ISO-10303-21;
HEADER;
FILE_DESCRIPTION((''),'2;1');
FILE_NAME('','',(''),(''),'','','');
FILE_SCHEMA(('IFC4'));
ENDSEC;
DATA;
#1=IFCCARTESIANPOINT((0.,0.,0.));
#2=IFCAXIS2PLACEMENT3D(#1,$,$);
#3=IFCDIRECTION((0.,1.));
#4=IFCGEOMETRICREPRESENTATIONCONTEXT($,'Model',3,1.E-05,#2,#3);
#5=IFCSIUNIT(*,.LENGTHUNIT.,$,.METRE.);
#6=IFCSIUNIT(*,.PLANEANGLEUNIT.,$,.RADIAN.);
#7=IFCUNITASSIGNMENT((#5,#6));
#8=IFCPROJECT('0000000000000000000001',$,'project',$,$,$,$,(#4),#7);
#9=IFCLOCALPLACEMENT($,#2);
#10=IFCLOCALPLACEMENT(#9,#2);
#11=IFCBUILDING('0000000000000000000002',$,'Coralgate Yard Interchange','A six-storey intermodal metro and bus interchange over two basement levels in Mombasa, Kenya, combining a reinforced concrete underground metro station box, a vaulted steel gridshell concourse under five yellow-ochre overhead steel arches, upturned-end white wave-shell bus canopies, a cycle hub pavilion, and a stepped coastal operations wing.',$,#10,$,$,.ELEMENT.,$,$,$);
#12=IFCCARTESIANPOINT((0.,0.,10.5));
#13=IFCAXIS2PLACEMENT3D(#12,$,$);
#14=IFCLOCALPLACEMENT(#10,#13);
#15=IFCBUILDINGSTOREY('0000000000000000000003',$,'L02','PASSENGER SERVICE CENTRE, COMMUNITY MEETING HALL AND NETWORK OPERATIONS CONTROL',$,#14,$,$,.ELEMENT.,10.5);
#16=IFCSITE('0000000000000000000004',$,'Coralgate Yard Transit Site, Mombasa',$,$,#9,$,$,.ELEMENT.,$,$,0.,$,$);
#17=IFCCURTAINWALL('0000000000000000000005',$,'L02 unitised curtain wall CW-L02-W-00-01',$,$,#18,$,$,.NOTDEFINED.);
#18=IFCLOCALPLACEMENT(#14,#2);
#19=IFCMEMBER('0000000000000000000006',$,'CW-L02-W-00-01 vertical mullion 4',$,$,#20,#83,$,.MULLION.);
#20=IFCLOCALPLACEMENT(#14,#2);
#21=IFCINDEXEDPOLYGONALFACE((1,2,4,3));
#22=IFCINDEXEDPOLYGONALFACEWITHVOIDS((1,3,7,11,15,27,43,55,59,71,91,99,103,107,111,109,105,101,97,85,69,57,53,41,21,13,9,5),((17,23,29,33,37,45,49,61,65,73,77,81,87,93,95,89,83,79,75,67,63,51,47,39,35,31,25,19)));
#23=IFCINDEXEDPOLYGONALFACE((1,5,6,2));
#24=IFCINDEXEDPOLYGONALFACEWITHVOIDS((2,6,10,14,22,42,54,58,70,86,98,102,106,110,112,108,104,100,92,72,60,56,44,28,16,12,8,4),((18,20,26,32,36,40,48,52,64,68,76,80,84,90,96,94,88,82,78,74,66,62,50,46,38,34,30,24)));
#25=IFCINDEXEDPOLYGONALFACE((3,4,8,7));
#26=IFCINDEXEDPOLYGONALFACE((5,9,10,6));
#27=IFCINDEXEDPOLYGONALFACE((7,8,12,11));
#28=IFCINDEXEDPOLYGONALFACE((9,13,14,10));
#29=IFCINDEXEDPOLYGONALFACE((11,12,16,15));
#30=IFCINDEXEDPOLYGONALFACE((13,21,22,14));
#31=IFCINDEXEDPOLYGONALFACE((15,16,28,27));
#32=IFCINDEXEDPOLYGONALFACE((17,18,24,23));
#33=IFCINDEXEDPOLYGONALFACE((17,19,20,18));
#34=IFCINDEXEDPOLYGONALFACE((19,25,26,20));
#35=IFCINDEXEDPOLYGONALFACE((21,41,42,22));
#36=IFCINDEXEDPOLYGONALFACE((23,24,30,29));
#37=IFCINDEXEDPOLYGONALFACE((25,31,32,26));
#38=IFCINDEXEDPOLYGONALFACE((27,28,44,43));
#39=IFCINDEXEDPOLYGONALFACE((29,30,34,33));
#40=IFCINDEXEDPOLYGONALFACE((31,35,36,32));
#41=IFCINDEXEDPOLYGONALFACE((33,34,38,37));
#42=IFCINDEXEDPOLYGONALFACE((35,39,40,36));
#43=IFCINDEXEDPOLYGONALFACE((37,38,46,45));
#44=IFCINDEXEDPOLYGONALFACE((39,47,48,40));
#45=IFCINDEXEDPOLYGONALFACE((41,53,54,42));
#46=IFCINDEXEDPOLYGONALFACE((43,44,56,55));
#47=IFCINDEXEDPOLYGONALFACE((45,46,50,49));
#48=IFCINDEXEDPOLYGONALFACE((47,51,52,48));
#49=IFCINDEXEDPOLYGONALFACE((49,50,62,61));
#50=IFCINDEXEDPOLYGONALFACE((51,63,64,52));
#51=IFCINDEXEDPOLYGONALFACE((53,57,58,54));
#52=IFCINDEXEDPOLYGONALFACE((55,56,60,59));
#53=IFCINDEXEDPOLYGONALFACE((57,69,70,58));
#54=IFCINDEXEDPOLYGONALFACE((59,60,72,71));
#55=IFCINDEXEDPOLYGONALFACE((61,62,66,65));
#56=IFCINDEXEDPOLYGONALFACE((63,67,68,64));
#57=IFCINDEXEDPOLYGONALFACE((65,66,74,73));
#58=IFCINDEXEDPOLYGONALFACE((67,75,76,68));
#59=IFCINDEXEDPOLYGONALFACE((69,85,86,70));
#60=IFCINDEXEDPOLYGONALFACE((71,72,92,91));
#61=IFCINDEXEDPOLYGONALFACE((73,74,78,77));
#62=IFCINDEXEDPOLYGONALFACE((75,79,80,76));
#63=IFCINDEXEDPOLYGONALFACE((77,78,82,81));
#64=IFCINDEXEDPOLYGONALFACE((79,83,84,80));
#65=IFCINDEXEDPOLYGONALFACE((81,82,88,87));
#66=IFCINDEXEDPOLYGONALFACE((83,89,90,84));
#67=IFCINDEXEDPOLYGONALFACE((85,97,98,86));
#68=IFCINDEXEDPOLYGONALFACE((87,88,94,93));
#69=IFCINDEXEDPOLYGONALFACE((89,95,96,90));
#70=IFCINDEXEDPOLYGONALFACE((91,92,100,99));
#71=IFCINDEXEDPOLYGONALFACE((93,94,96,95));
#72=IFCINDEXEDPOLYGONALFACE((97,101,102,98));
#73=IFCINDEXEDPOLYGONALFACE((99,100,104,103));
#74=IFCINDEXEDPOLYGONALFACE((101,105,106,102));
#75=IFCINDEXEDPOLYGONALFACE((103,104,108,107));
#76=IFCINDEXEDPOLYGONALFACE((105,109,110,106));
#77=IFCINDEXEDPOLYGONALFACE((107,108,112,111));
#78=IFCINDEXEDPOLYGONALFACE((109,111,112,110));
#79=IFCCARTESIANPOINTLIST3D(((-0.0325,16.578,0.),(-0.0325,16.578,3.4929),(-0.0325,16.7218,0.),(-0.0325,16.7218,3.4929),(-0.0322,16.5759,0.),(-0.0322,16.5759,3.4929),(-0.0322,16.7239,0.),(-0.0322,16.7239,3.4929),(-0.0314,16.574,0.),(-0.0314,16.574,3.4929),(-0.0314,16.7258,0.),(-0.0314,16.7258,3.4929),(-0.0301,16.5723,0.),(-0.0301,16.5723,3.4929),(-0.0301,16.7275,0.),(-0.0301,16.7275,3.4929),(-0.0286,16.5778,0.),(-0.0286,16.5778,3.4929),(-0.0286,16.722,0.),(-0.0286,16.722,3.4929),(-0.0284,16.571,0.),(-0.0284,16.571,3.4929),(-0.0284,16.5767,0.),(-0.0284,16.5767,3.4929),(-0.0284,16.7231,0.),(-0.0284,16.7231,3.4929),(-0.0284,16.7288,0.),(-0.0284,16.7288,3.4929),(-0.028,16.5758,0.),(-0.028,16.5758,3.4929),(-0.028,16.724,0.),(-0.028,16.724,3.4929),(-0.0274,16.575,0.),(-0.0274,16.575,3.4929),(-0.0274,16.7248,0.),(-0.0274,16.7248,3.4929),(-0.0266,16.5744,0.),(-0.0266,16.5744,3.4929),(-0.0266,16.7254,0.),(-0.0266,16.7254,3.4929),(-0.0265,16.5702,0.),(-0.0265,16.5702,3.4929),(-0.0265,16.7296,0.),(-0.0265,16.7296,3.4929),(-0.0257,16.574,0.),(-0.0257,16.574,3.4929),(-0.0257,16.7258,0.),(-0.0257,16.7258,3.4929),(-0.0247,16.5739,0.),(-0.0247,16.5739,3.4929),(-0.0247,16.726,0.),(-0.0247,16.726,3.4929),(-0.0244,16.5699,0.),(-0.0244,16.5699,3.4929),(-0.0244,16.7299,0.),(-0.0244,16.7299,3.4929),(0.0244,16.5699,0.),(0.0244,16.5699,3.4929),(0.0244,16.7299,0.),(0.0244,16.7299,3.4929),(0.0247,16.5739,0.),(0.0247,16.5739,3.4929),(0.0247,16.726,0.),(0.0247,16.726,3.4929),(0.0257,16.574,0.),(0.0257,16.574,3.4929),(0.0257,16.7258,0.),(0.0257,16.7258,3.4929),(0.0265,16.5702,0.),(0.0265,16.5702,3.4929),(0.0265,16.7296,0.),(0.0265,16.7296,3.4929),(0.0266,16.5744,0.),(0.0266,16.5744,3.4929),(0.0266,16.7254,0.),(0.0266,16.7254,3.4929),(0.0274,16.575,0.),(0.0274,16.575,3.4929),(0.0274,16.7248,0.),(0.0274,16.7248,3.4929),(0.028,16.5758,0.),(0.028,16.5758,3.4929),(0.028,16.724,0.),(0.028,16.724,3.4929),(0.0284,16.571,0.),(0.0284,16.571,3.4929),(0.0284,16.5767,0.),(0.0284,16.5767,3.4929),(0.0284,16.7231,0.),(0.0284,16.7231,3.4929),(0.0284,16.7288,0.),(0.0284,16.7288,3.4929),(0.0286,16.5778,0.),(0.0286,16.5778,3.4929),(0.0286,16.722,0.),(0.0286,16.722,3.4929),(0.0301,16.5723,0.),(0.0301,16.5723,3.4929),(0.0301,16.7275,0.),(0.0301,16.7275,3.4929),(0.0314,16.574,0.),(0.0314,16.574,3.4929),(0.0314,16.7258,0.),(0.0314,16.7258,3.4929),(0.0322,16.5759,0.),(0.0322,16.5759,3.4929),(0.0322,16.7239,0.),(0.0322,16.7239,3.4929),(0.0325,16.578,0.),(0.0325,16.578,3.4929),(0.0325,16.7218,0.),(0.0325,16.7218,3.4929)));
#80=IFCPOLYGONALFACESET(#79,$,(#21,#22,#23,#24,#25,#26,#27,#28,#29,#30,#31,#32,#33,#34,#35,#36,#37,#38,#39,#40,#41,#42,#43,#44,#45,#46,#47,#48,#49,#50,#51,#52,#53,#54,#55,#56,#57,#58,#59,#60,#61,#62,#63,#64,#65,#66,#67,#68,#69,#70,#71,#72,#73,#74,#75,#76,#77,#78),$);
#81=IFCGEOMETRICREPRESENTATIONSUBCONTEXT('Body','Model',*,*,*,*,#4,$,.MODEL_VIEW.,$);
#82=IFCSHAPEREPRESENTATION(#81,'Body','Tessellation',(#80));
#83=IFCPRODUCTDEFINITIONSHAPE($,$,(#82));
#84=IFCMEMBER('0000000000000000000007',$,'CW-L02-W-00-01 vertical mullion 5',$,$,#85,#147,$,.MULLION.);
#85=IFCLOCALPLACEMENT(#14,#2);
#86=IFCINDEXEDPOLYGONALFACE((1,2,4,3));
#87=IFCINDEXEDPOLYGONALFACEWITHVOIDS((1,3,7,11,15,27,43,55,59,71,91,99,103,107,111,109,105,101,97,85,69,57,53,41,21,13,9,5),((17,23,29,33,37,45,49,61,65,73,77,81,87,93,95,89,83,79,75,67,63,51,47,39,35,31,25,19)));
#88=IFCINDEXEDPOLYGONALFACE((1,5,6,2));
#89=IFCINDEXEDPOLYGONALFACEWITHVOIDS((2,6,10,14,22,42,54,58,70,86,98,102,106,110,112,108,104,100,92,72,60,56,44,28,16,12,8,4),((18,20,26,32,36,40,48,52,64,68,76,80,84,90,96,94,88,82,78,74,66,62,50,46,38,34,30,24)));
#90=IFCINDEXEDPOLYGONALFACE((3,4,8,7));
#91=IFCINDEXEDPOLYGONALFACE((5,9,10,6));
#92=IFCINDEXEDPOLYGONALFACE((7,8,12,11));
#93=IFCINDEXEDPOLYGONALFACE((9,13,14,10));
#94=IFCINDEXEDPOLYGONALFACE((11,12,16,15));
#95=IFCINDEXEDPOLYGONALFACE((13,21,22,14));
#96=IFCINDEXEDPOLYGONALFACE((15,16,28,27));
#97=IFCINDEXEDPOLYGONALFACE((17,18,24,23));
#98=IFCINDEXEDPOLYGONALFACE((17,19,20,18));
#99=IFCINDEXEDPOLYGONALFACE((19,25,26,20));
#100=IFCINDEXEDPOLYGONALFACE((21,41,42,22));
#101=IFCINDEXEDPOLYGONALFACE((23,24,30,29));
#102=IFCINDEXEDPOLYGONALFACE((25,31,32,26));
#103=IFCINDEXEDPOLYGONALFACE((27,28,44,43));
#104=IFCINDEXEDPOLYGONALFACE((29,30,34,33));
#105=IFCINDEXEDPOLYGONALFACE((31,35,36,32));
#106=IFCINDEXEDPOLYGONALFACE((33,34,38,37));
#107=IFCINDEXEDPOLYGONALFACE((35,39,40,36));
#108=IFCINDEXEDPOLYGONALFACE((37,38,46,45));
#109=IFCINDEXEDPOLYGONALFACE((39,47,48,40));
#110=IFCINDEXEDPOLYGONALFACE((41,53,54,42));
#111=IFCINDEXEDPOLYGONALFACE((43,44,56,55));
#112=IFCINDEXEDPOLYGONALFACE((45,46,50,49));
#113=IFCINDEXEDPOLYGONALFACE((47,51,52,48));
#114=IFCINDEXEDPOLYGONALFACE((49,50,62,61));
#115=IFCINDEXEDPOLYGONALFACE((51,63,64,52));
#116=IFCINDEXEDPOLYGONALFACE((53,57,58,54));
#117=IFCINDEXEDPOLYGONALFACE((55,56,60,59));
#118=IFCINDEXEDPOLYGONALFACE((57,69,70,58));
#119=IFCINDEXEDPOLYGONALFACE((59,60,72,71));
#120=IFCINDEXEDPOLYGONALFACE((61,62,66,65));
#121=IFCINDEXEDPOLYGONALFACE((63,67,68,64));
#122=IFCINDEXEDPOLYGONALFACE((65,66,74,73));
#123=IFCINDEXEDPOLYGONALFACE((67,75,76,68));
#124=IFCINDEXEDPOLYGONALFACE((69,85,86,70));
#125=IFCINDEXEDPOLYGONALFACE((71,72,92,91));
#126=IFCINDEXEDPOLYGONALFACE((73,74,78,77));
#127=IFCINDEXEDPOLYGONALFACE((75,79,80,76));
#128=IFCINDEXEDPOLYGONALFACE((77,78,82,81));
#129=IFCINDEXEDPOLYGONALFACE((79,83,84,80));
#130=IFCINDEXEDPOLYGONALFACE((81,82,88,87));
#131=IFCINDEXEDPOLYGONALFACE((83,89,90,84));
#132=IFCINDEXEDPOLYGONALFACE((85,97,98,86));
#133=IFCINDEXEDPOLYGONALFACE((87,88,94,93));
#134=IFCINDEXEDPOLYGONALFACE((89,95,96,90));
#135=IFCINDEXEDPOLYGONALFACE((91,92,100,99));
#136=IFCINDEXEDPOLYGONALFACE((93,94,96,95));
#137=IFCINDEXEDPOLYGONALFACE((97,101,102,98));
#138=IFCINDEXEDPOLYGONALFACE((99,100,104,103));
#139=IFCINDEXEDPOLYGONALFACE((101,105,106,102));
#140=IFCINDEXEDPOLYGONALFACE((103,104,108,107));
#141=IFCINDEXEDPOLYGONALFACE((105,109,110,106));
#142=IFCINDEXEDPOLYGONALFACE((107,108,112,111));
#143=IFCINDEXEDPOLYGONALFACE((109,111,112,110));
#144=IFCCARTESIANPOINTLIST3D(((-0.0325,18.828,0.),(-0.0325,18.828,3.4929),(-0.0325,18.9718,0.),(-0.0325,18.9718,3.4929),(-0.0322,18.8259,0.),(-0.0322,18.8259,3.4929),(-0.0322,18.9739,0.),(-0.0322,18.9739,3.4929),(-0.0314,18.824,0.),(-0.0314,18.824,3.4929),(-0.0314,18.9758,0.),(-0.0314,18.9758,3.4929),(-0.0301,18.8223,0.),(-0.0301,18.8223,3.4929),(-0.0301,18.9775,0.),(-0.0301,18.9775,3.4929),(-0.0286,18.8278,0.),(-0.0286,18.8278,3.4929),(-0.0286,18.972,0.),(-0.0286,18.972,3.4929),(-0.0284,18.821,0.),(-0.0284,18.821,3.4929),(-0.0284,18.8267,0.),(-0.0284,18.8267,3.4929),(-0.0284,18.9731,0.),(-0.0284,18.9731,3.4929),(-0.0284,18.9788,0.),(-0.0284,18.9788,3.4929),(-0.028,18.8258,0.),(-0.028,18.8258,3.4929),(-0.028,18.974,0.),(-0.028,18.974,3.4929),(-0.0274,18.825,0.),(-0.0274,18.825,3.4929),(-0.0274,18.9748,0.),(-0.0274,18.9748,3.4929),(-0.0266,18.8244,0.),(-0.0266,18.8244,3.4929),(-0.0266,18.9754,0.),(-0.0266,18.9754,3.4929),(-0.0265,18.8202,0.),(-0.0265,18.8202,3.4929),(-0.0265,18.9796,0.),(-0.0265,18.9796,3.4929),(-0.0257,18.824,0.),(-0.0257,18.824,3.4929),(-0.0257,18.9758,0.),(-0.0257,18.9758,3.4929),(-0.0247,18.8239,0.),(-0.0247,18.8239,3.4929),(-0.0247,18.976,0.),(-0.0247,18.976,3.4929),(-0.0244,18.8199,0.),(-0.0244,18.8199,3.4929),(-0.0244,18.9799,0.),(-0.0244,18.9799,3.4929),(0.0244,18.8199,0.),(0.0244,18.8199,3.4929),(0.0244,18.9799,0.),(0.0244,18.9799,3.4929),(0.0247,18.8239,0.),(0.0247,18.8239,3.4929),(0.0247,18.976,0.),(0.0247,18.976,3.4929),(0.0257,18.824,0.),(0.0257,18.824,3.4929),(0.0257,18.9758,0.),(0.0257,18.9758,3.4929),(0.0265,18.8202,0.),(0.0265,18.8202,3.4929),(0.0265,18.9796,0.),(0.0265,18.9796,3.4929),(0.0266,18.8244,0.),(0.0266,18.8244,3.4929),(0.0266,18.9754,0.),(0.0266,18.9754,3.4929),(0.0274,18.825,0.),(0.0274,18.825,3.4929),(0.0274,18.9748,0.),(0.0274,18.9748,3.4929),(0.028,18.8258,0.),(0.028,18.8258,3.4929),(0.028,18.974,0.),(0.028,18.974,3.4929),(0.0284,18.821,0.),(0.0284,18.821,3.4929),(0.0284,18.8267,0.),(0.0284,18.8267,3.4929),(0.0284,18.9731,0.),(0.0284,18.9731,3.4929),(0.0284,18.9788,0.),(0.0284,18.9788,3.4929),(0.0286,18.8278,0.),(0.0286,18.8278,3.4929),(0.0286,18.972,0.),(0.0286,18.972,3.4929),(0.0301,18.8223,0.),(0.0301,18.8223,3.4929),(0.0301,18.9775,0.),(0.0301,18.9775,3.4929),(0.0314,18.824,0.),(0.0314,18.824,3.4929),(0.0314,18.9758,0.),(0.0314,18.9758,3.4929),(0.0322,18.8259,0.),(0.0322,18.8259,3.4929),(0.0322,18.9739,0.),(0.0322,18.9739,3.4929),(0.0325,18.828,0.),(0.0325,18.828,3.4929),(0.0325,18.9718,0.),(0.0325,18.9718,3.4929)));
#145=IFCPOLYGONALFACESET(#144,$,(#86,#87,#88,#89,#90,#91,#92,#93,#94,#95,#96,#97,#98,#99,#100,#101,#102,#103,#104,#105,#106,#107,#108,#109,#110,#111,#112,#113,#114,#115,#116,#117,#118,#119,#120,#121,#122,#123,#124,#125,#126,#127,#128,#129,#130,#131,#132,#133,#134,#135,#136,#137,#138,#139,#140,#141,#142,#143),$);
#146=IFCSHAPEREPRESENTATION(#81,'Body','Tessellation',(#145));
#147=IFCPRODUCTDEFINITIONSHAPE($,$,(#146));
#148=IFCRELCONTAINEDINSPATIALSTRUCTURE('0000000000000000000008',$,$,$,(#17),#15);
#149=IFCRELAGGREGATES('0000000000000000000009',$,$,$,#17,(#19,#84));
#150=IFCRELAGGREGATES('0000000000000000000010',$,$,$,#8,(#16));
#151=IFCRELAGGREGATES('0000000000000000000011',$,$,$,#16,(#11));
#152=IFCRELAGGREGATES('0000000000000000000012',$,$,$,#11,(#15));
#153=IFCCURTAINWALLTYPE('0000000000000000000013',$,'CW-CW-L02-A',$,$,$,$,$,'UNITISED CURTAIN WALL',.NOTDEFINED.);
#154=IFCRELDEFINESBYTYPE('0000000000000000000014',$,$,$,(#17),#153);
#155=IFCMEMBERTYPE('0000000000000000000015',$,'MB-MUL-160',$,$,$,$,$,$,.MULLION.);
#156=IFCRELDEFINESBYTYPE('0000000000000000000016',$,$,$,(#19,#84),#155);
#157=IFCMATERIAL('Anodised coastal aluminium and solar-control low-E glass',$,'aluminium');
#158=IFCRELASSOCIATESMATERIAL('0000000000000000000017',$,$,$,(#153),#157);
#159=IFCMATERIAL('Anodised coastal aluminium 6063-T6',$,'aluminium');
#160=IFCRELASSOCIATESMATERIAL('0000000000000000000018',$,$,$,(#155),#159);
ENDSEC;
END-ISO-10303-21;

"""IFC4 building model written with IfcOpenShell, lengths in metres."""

from ifc_helpers import new_model, si_unit, direction, frame, origin, origin_2d, place, context, subcontext, project, spatial, hollow_rectangle, extrude, material, material_profile, profile_set, type_object, element, aggregate, save


model = new_model("IFC4")

# Units and contexts
model_context = context("Model", 3, precision=1e-05, world=origin(), true_north=direction((0.0, 1.0)))
body_context = subcontext(model_context, "Body", "Model", "MODEL_VIEW")
ifc_project = project(units=[si_unit("LENGTHUNIT", "METRE"), si_unit("PLANEANGLEUNIT", "RADIAN")], contexts=[model_context])

# Site, building, storey
site_placement = place(None, origin())
site = spatial("IfcSite", under=ifc_project, at=site_placement, Name="Coralgate Yard Transit Site, Mombasa", CompositionType="ELEMENT", RefElevation=0.0)
building_placement = place(site_placement, origin())
building = spatial("IfcBuilding", under=site, at=building_placement, Name="Coralgate Yard Interchange", Description="A six-storey intermodal metro and bus interchange over two basement levels in Mombasa, Kenya, combining a reinforced concrete underground metro station box, a vaulted steel gridshell concourse under five yellow-ochre overhead steel arches, upturned-end white wave-shell bus canopies, a cycle hub pavilion, and a stepped coastal operations wing.", CompositionType="ELEMENT")
storey_placement = place(building_placement, frame((0.0, 0.0, 10.5)))
storey = spatial("IfcBuildingStorey", under=building, at=storey_placement, Name="L02", Description="PASSENGER SERVICE CENTRE, COMMUNITY MEETING HALL AND NETWORK OPERATIONS CONTROL", CompositionType="ELEMENT", Elevation=10.5)

# Curtain wall, members
ifc_material_1 = material(Name="Anodised coastal aluminium and solar-control low-E glass", Category="aluminium")
curtain_wall_type = type_object("IfcCurtainWallType", Name="CW-CW-L02-A", ElementType="UNITISED CURTAIN WALL", PredefinedType="NOTDEFINED", material=ifc_material_1)
curtain_wall_placement = place(storey_placement, origin())
curtain_wall = element("IfcCurtainWall", 1, at=curtain_wall_placement, inside=storey, type_object=curtain_wall_type, Name="L02 unitised curtain wall CW-L02-W-00-01", PredefinedType="NOTDEFINED")
ifc_material_2 = material(Name="Anodised coastal aluminium 6063-T6", Category="aluminium")
ifc_material_profile_1 = material_profile(ifc_material_2, hollow_rectangle(XDim=0.0649, YDim=0.1599, WallThickness=0.0039, InnerFilletRadius=0.0039, OuterFilletRadius=0.0081, at=origin_2d()), Name="ALU 65x160x4")
ifc_profile_set_1 = profile_set([ifc_material_profile_1], Name="Anodised coastal aluminium 6063-T6")
member_type_1 = type_object("IfcMemberType", Name="MB-MUL-160", PredefinedType="MULLION", material=ifc_profile_set_1)
member_1_placement = place(storey_placement, frame((0.0, 16.6499, 0.0), z_axis=(0.0, 0.0, 1.0), x_axis=(1.0, 0.0, 0.0)))
member_1 = element("IfcMember", 2, at=member_1_placement, type_object=member_type_1, Name="CW-L02-W-00-01 vertical mullion 4", PredefinedType="MULLION", context=body_context, shape_type="SweptSolid", body=[
    extrude(hollow_rectangle(XDim=0.0649, YDim=0.1599, WallThickness=0.0039, InnerFilletRadius=0.0039, OuterFilletRadius=0.0081, at=origin_2d()), origin(), (0.0, 0.0, 1.0), 3.4929),
])
member_2_placement = place(storey_placement, frame((0.0, 18.8999, 0.0), z_axis=(0.0, 0.0, 1.0), x_axis=(1.0, 0.0, 0.0)))
member_2 = element("IfcMember", 3, at=member_2_placement, type_object=member_type_1, Name="CW-L02-W-00-01 vertical mullion 5", PredefinedType="MULLION", context=body_context, shape_type="SweptSolid", body=[
    extrude(hollow_rectangle(XDim=0.0649, YDim=0.1599, WallThickness=0.0039, InnerFilletRadius=0.0039, OuterFilletRadius=0.0081, at=origin_2d()), origin(), (0.0, 0.0, 1.0), 3.4929),
])
aggregate(curtain_wall, [member_1, member_2])

save(model, "model.ifc")
